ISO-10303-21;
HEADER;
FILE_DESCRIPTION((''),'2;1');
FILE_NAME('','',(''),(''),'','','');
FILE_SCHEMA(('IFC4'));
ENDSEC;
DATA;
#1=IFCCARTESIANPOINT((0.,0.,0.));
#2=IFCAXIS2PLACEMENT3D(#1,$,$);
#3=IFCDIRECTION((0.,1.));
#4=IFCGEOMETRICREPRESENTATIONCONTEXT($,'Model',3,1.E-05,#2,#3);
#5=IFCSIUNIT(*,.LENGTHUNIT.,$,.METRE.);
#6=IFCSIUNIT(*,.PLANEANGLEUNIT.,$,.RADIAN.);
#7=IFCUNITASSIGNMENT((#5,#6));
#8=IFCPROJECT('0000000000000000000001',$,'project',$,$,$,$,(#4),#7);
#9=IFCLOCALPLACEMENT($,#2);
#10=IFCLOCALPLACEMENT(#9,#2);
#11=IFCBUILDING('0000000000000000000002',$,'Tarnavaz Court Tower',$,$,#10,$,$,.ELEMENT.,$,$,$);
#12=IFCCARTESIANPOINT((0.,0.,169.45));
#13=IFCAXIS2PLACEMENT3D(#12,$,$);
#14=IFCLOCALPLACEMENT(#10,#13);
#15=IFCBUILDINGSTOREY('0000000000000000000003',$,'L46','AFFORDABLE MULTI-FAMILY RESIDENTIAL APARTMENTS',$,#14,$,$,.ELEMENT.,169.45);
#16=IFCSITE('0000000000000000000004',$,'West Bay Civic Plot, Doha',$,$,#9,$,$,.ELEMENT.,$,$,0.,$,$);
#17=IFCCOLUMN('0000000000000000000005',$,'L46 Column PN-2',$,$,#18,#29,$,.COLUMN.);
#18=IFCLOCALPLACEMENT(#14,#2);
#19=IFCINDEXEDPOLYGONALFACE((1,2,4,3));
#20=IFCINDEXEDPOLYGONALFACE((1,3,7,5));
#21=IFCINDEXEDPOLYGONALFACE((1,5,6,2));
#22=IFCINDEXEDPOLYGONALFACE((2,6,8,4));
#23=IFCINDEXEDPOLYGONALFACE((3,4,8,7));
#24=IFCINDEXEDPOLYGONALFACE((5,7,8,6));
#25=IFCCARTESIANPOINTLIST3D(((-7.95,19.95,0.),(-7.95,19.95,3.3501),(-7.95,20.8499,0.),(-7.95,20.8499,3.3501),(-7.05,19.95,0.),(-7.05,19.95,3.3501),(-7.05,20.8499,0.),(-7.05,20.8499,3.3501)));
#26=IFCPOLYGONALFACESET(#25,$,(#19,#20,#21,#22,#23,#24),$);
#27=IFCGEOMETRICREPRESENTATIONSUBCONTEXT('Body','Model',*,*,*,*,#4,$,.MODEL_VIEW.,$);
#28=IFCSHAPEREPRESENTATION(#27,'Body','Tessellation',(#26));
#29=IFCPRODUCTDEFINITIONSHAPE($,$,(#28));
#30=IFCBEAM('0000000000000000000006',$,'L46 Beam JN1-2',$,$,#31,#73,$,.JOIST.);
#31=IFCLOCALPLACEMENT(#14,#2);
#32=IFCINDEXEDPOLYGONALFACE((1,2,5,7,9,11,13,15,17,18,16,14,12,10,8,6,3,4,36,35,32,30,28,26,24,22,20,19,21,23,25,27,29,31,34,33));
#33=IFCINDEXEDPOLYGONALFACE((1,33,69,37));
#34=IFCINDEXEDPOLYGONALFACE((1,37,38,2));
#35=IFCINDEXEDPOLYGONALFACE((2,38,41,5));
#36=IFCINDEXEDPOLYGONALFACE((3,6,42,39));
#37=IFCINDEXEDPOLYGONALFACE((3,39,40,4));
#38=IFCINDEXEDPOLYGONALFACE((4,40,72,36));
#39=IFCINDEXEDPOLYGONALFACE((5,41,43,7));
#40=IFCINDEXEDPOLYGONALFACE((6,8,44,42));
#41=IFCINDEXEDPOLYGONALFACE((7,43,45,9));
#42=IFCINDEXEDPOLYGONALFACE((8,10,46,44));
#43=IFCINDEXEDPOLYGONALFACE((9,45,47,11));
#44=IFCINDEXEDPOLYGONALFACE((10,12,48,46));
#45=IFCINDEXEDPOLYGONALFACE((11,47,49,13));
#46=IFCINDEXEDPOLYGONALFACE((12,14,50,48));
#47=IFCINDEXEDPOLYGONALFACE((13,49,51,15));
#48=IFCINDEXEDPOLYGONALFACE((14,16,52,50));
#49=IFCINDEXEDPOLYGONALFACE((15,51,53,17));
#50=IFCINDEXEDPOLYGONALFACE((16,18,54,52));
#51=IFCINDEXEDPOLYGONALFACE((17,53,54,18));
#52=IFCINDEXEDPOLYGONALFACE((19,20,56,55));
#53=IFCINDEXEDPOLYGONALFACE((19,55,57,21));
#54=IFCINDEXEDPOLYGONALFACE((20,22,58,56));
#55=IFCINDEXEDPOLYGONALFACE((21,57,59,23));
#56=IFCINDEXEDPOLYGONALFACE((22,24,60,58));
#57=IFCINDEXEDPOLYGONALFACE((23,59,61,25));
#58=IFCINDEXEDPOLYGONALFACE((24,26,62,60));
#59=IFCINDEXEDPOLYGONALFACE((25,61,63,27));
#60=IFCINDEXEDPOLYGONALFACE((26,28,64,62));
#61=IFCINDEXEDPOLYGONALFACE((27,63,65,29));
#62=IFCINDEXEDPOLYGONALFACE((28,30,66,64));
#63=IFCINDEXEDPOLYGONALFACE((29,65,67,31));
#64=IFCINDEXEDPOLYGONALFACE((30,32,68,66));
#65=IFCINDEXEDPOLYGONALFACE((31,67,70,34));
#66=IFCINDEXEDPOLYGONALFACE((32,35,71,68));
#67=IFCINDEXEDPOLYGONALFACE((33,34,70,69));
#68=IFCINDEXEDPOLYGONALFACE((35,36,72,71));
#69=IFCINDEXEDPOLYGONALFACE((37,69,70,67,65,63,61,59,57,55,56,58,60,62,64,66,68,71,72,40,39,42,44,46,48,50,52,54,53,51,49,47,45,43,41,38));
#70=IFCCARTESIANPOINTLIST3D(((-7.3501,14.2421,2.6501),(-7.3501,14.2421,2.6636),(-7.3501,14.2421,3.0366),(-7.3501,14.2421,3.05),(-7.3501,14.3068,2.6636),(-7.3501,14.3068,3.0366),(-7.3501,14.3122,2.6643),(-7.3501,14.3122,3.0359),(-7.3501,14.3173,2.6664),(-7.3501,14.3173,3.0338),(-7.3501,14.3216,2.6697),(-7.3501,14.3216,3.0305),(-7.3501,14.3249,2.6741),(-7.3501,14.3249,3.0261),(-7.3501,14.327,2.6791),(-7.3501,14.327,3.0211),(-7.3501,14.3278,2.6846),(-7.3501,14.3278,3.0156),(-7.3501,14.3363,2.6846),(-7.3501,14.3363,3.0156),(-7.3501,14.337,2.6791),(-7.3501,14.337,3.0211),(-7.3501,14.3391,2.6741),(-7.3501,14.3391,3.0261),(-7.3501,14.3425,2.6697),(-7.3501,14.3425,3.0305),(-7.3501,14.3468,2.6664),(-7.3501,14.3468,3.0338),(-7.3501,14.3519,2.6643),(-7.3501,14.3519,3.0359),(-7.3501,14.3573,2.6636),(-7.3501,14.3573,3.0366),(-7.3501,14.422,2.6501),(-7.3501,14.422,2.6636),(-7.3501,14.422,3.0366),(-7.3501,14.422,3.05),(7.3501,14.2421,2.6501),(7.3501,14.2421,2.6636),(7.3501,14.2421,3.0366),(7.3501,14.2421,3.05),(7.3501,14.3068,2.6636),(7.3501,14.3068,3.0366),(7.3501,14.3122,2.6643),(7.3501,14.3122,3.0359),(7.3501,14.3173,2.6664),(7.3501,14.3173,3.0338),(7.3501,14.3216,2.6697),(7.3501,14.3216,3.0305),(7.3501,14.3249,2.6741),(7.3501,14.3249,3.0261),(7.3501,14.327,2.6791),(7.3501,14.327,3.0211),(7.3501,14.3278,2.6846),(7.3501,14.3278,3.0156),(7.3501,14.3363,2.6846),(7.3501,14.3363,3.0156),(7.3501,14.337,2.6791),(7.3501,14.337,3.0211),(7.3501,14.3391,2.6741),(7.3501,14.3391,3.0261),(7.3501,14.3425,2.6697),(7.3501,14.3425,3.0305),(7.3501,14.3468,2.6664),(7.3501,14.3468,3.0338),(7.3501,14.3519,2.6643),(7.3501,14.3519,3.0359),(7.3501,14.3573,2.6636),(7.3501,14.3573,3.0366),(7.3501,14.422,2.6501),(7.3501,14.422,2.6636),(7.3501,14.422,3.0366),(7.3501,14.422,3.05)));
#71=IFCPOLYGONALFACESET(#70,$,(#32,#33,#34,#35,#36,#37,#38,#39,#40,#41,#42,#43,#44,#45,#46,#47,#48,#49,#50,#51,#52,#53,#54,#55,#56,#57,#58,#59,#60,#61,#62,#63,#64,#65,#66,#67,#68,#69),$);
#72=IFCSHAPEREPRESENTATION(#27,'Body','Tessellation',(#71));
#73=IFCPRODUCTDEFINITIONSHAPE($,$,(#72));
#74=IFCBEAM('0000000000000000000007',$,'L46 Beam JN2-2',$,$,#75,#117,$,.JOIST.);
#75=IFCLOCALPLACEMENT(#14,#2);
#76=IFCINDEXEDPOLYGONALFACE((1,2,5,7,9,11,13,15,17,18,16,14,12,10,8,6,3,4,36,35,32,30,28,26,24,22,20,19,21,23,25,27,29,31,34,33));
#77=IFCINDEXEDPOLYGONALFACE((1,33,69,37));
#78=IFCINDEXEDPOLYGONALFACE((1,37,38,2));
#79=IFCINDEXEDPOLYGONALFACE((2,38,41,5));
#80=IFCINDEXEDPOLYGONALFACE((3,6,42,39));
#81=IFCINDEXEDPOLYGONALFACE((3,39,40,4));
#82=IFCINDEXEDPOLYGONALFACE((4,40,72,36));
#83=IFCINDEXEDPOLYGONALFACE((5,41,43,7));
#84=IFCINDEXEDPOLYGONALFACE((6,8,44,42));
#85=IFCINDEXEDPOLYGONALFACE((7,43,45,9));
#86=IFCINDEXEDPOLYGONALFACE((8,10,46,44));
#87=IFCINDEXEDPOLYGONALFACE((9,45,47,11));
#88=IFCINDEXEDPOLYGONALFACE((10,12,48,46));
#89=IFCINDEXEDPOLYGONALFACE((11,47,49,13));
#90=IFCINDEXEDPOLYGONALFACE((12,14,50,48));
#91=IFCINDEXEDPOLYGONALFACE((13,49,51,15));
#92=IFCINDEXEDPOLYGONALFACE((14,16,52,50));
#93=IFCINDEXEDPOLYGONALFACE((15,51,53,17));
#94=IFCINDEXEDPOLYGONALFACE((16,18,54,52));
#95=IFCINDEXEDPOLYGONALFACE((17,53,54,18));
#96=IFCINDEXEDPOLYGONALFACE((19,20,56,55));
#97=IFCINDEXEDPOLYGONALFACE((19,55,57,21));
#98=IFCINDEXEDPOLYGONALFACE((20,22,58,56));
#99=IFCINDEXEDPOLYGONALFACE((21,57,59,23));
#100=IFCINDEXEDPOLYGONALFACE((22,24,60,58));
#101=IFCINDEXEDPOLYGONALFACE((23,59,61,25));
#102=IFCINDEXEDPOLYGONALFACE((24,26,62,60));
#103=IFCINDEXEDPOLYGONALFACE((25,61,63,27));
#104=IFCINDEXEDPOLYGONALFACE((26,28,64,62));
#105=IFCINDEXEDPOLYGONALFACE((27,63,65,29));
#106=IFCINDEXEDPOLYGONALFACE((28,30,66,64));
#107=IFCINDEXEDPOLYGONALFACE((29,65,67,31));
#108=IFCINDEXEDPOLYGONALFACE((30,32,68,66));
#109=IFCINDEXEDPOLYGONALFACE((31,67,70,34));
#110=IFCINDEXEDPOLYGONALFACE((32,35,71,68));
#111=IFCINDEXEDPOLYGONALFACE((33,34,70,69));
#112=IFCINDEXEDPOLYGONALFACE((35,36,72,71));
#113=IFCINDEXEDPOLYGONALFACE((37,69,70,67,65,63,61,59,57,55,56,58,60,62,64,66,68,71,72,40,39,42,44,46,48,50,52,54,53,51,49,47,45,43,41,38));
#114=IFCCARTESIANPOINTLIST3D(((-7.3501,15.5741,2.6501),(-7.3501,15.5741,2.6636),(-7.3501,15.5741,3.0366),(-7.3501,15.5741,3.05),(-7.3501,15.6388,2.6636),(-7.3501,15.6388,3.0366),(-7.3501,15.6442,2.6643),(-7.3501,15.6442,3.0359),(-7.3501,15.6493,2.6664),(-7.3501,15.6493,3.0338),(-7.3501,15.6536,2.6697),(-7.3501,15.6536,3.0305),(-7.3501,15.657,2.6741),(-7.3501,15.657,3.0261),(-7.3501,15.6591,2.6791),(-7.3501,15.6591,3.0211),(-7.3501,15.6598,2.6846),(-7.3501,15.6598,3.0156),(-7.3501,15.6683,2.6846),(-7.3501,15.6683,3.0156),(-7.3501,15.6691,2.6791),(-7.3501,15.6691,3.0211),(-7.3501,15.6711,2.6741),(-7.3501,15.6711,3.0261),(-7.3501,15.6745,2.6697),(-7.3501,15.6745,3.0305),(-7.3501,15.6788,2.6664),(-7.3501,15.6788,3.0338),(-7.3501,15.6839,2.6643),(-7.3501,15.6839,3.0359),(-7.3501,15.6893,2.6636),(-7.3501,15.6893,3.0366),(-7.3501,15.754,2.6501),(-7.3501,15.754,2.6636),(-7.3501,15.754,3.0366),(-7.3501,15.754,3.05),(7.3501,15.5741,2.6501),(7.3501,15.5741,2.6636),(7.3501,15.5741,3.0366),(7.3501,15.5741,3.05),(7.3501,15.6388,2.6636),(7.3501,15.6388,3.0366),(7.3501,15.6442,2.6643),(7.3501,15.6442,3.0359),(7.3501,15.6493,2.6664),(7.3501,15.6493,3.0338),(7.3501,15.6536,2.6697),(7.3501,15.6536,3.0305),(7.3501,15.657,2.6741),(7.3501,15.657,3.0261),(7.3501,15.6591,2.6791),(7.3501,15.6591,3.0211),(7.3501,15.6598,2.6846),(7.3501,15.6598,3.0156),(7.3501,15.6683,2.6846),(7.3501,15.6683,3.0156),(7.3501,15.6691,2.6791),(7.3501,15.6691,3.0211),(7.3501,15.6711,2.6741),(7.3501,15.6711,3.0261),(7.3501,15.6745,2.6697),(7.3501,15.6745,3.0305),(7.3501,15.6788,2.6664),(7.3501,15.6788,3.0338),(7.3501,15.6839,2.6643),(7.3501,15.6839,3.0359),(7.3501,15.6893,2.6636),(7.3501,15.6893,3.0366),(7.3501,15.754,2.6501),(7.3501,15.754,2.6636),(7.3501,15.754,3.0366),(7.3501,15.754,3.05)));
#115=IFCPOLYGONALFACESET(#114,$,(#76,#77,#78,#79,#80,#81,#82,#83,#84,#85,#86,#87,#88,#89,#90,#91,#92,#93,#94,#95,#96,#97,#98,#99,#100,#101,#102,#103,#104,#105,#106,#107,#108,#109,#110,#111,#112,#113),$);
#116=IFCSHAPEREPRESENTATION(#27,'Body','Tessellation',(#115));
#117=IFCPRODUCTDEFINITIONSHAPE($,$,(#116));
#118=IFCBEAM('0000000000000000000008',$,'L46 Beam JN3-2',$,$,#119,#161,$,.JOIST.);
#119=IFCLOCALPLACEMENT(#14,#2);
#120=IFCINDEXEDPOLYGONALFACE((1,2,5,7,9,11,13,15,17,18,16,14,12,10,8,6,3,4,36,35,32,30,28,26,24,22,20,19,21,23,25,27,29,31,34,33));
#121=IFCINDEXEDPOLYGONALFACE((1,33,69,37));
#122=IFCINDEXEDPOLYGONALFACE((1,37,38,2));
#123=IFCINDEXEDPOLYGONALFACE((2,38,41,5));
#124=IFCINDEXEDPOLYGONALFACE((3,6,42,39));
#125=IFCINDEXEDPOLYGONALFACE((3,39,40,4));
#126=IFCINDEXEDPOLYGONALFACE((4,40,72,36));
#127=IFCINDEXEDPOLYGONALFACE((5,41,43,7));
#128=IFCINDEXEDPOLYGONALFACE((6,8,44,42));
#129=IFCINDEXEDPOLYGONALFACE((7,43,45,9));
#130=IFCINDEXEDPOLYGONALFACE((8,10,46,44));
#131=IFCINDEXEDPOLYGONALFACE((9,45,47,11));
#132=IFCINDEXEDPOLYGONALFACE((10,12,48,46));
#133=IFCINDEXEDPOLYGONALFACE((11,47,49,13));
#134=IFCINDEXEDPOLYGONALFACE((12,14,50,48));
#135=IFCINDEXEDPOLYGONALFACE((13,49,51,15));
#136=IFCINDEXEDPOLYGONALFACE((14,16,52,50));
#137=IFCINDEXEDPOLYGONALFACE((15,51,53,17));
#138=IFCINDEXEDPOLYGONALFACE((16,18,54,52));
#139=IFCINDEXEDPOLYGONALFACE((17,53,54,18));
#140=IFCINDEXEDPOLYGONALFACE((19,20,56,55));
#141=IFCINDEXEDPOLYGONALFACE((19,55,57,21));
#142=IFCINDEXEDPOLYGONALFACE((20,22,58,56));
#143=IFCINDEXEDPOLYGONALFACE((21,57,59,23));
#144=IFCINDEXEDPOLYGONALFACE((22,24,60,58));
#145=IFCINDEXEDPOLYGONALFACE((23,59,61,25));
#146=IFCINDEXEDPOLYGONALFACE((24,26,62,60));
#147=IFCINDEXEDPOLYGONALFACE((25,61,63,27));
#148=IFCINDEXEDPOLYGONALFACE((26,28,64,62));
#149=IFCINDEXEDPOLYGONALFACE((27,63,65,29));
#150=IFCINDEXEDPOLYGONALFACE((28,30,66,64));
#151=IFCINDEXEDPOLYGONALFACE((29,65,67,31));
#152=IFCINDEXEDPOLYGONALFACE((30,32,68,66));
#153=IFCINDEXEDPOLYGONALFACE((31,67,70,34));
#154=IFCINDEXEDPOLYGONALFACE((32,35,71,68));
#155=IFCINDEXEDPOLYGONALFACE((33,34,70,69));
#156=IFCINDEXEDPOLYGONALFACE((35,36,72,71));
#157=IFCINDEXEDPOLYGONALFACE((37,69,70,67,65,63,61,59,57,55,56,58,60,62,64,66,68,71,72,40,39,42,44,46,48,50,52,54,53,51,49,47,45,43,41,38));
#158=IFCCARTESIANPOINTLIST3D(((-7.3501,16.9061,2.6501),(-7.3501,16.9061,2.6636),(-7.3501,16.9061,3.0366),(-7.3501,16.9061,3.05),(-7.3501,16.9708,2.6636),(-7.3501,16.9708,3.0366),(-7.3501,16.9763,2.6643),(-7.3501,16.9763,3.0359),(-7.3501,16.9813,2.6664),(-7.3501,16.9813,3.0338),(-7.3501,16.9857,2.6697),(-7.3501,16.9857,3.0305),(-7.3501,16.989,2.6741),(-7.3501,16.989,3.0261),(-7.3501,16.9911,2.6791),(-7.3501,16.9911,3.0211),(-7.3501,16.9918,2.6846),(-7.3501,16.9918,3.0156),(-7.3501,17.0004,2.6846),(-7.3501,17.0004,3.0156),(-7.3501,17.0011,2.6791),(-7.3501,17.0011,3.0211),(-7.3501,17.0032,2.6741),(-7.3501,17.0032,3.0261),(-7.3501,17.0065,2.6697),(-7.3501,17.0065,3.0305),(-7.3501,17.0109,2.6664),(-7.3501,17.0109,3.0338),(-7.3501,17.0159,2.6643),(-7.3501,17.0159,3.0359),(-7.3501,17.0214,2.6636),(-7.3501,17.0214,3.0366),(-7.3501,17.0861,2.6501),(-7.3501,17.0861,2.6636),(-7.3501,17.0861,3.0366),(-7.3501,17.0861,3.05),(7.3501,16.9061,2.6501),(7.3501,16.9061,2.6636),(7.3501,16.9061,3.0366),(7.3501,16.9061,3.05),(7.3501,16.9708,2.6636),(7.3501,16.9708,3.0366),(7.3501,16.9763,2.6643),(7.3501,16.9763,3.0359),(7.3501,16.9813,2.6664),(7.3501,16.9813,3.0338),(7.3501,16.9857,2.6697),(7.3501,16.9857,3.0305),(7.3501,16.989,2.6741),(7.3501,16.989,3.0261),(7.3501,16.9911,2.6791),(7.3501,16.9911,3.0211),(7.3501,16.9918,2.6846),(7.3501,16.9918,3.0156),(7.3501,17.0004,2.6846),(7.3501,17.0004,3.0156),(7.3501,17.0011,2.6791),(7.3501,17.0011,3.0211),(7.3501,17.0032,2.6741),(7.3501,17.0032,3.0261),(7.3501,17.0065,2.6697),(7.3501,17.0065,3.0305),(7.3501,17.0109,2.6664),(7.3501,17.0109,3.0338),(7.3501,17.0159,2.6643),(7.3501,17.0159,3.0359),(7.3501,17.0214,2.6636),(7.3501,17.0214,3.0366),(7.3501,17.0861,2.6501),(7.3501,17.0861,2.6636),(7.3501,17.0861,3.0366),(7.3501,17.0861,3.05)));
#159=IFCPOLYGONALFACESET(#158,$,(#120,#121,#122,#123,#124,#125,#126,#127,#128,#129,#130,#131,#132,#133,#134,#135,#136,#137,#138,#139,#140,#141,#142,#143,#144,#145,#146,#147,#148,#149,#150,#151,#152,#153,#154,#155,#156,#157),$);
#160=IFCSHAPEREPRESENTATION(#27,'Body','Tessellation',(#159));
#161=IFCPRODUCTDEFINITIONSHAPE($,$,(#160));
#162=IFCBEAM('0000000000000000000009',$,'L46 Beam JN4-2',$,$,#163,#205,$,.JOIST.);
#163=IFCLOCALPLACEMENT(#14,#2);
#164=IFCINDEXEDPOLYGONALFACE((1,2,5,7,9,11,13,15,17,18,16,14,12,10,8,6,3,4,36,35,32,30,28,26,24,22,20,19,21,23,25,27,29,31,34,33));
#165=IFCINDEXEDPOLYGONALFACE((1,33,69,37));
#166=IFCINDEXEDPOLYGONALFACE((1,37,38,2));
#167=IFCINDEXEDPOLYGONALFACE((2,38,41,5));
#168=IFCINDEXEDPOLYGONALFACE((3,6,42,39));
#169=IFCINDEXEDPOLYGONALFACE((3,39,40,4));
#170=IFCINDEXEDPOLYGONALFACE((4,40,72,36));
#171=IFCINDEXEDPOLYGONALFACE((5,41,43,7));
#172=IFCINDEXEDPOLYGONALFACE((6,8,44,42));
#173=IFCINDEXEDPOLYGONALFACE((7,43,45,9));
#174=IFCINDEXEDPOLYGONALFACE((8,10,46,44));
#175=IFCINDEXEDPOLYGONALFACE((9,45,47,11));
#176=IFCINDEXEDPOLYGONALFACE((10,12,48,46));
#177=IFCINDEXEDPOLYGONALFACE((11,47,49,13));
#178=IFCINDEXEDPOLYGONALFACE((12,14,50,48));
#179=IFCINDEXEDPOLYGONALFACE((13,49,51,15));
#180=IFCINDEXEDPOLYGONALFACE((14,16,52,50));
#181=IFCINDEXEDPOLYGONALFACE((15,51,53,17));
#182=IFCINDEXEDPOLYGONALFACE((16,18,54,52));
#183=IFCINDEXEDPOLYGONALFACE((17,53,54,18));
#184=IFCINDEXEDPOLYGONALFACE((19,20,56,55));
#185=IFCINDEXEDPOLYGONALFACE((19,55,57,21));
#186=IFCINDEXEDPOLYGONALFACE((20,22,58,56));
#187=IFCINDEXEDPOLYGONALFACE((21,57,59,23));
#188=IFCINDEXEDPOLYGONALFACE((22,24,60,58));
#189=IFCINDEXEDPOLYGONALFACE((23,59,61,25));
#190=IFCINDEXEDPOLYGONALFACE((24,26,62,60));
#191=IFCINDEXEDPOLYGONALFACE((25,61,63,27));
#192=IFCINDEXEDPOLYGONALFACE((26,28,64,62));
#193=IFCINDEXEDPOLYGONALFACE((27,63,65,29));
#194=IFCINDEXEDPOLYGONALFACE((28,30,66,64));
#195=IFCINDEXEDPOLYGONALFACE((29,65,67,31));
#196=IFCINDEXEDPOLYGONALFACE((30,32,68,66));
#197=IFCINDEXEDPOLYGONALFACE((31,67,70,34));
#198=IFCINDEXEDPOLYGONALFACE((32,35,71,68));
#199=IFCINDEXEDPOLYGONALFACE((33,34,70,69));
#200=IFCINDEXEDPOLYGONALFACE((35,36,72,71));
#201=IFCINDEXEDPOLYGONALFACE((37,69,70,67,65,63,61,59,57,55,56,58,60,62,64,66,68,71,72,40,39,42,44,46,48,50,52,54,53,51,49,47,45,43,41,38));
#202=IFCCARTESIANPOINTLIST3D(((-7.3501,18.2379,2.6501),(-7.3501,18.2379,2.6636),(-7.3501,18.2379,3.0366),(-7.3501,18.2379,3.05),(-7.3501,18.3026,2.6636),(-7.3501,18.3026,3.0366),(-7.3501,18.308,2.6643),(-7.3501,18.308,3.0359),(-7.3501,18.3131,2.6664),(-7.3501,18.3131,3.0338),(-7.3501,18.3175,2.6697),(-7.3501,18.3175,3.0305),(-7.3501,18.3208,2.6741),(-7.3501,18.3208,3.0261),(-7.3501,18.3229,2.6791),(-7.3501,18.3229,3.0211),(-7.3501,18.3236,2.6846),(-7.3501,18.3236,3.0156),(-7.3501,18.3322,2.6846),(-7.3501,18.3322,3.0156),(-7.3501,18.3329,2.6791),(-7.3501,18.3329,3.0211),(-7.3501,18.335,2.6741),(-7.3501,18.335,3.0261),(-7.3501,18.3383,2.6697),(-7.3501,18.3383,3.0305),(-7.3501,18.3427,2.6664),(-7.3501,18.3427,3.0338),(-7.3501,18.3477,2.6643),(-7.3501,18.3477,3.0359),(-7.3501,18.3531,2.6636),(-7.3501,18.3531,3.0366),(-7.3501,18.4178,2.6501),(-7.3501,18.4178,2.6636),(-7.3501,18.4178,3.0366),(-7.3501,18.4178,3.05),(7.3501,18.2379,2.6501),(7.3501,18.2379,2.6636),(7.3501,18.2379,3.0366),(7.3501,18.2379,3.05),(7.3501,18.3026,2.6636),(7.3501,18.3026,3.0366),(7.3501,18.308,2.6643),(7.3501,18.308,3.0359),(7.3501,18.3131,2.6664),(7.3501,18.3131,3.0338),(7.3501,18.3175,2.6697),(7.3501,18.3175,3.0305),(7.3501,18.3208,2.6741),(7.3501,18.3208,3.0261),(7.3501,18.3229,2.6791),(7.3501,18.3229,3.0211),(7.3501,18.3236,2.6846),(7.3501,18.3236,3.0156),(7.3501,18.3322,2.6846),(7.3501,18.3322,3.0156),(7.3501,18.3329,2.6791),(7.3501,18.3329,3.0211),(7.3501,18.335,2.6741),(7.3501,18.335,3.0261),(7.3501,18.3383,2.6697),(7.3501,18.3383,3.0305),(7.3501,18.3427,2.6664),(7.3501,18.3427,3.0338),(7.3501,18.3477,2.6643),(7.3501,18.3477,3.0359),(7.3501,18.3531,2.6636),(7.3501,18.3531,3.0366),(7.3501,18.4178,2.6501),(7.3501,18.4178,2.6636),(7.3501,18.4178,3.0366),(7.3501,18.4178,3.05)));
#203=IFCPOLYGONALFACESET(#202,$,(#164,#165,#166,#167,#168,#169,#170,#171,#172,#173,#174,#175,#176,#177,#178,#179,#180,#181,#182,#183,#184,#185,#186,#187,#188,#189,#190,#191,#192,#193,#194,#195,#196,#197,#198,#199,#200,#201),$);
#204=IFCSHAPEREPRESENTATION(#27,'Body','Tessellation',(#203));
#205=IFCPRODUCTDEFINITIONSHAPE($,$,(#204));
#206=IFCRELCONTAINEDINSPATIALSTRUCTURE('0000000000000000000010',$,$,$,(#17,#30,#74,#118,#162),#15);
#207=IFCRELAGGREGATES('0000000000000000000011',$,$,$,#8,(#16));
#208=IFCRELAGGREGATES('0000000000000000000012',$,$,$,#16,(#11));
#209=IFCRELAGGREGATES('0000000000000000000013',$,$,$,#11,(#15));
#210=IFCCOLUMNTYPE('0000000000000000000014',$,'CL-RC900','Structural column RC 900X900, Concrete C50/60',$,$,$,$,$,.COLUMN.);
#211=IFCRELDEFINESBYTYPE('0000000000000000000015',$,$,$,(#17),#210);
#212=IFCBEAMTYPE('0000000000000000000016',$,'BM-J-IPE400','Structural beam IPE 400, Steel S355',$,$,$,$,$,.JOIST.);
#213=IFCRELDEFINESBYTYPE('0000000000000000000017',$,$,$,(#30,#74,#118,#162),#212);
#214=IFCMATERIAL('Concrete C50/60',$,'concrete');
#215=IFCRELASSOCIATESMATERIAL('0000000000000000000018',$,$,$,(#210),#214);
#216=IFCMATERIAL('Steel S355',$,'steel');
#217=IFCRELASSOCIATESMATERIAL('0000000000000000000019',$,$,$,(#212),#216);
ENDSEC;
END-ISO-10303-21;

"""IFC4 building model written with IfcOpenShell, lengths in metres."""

from ifc_helpers import new_model, si_unit, direction, frame, origin, origin_2d, place, context, subcontext, project, spatial, rectangle, i_section, extrude, material, material_profile, profile_set, type_object, element, save


model = new_model("IFC4")

# Units and contexts
model_context = context("Model", 3, precision=1e-05, world=origin(), true_north=direction((0.0, 1.0)))
body_context = subcontext(model_context, "Body", "Model", "MODEL_VIEW")
ifc_project = project(units=[si_unit("LENGTHUNIT", "METRE"), si_unit("PLANEANGLEUNIT", "RADIAN")], contexts=[model_context])

# Site, building, storey
site_placement = place(None, origin())
site = spatial("IfcSite", under=ifc_project, at=site_placement, Name="West Bay Civic Plot, Doha", CompositionType="ELEMENT", RefElevation=0.0)
building_placement = place(site_placement, origin())
building = spatial("IfcBuilding", under=site, at=building_placement, Name="Tarnavaz Court Tower", CompositionType="ELEMENT")
storey_placement = place(building_placement, frame((0.0, 0.0, 169.45)))
storey = spatial("IfcBuildingStorey", under=building, at=storey_placement, Name="L46", Description="AFFORDABLE MULTI-FAMILY RESIDENTIAL APARTMENTS", CompositionType="ELEMENT", Elevation=169.45)

# Column
ifc_material_1 = material(Name="Concrete C50/60", Category="concrete")
ifc_material_profile_1 = material_profile(ifc_material_1, rectangle(XDim=0.8999, YDim=0.8999, at=origin_2d()), Name="RC 900X900")
ifc_profile_set_1 = profile_set([ifc_material_profile_1], Name="Concrete C50/60")
column_type = type_object("IfcColumnType", Name="CL-RC900", Description="Structural column RC 900X900, Concrete C50/60", PredefinedType="COLUMN", material=ifc_profile_set_1)
column_placement = place(storey_placement, frame((-7.5, 20.3999, 0.0), z_axis=(0.0, 0.0, 1.0), x_axis=(1.0, 0.0, 0.0)))
element("IfcColumn", 1, at=column_placement, inside=storey, type_object=column_type, Name="L46 Column PN-2", PredefinedType="COLUMN", context=body_context, shape_type="SweptSolid", body=[
    extrude(rectangle(XDim=0.8999, YDim=0.8999, at=origin_2d()), origin(), (0.0, 0.0, 1.0), 3.3501),
])

# Beams
ifc_material_2 = material(Name="Steel S355", Category="steel")
ifc_material_profile_2 = material_profile(ifc_material_2, i_section(OverallWidth=0.1799, OverallDepth=0.3999, WebThickness=0.0085, FlangeThickness=0.0134, FilletRadius=0.021, at=origin_2d()), Name="IPE 400")
ifc_profile_set_2 = profile_set([ifc_material_profile_2], Name="Steel S355")
beam_type_1 = type_object("IfcBeamType", Name="BM-J-IPE400", Description="Structural beam IPE 400, Steel S355", PredefinedType="JOIST", material=ifc_profile_set_2)
for number, where, z_axis, x_axis, name in (
    (2, (-7.3501, 14.332, 2.8501), (1.0, 0.0, 0.0), (0.0, 1.0, 0.0), "L46 Beam JN1-2"),
    (3, (-7.3501, 15.6641, 2.8501), (1.0, 0.0, 0.0), (0.0, 1.0, 0.0), "L46 Beam JN2-2"),
    (4, (-7.3501, 16.9961, 2.8501), (1.0, 0.0, 0.0), (0.0, 1.0, 0.0), "L46 Beam JN3-2"),
    (5, (-7.3501, 18.3279, 2.8501), (1.0, 0.0, 0.0), (0.0, 1.0, 0.0), "L46 Beam JN4-2"),
):
    element("IfcBeam", number, at=place(storey_placement, frame(where, z_axis=z_axis, x_axis=x_axis)), inside=storey, type_object=beam_type_1, Name=name, PredefinedType="JOIST", context=body_context, shape_type="SweptSolid", body=[
        extrude(i_section(OverallWidth=0.1799, OverallDepth=0.3999, WebThickness=0.0085, FlangeThickness=0.0134, FilletRadius=0.021, at=origin_2d()), origin(), (0.0, 0.0, 1.0), 14.7002),
    ])

save(model, "model.ifc")
